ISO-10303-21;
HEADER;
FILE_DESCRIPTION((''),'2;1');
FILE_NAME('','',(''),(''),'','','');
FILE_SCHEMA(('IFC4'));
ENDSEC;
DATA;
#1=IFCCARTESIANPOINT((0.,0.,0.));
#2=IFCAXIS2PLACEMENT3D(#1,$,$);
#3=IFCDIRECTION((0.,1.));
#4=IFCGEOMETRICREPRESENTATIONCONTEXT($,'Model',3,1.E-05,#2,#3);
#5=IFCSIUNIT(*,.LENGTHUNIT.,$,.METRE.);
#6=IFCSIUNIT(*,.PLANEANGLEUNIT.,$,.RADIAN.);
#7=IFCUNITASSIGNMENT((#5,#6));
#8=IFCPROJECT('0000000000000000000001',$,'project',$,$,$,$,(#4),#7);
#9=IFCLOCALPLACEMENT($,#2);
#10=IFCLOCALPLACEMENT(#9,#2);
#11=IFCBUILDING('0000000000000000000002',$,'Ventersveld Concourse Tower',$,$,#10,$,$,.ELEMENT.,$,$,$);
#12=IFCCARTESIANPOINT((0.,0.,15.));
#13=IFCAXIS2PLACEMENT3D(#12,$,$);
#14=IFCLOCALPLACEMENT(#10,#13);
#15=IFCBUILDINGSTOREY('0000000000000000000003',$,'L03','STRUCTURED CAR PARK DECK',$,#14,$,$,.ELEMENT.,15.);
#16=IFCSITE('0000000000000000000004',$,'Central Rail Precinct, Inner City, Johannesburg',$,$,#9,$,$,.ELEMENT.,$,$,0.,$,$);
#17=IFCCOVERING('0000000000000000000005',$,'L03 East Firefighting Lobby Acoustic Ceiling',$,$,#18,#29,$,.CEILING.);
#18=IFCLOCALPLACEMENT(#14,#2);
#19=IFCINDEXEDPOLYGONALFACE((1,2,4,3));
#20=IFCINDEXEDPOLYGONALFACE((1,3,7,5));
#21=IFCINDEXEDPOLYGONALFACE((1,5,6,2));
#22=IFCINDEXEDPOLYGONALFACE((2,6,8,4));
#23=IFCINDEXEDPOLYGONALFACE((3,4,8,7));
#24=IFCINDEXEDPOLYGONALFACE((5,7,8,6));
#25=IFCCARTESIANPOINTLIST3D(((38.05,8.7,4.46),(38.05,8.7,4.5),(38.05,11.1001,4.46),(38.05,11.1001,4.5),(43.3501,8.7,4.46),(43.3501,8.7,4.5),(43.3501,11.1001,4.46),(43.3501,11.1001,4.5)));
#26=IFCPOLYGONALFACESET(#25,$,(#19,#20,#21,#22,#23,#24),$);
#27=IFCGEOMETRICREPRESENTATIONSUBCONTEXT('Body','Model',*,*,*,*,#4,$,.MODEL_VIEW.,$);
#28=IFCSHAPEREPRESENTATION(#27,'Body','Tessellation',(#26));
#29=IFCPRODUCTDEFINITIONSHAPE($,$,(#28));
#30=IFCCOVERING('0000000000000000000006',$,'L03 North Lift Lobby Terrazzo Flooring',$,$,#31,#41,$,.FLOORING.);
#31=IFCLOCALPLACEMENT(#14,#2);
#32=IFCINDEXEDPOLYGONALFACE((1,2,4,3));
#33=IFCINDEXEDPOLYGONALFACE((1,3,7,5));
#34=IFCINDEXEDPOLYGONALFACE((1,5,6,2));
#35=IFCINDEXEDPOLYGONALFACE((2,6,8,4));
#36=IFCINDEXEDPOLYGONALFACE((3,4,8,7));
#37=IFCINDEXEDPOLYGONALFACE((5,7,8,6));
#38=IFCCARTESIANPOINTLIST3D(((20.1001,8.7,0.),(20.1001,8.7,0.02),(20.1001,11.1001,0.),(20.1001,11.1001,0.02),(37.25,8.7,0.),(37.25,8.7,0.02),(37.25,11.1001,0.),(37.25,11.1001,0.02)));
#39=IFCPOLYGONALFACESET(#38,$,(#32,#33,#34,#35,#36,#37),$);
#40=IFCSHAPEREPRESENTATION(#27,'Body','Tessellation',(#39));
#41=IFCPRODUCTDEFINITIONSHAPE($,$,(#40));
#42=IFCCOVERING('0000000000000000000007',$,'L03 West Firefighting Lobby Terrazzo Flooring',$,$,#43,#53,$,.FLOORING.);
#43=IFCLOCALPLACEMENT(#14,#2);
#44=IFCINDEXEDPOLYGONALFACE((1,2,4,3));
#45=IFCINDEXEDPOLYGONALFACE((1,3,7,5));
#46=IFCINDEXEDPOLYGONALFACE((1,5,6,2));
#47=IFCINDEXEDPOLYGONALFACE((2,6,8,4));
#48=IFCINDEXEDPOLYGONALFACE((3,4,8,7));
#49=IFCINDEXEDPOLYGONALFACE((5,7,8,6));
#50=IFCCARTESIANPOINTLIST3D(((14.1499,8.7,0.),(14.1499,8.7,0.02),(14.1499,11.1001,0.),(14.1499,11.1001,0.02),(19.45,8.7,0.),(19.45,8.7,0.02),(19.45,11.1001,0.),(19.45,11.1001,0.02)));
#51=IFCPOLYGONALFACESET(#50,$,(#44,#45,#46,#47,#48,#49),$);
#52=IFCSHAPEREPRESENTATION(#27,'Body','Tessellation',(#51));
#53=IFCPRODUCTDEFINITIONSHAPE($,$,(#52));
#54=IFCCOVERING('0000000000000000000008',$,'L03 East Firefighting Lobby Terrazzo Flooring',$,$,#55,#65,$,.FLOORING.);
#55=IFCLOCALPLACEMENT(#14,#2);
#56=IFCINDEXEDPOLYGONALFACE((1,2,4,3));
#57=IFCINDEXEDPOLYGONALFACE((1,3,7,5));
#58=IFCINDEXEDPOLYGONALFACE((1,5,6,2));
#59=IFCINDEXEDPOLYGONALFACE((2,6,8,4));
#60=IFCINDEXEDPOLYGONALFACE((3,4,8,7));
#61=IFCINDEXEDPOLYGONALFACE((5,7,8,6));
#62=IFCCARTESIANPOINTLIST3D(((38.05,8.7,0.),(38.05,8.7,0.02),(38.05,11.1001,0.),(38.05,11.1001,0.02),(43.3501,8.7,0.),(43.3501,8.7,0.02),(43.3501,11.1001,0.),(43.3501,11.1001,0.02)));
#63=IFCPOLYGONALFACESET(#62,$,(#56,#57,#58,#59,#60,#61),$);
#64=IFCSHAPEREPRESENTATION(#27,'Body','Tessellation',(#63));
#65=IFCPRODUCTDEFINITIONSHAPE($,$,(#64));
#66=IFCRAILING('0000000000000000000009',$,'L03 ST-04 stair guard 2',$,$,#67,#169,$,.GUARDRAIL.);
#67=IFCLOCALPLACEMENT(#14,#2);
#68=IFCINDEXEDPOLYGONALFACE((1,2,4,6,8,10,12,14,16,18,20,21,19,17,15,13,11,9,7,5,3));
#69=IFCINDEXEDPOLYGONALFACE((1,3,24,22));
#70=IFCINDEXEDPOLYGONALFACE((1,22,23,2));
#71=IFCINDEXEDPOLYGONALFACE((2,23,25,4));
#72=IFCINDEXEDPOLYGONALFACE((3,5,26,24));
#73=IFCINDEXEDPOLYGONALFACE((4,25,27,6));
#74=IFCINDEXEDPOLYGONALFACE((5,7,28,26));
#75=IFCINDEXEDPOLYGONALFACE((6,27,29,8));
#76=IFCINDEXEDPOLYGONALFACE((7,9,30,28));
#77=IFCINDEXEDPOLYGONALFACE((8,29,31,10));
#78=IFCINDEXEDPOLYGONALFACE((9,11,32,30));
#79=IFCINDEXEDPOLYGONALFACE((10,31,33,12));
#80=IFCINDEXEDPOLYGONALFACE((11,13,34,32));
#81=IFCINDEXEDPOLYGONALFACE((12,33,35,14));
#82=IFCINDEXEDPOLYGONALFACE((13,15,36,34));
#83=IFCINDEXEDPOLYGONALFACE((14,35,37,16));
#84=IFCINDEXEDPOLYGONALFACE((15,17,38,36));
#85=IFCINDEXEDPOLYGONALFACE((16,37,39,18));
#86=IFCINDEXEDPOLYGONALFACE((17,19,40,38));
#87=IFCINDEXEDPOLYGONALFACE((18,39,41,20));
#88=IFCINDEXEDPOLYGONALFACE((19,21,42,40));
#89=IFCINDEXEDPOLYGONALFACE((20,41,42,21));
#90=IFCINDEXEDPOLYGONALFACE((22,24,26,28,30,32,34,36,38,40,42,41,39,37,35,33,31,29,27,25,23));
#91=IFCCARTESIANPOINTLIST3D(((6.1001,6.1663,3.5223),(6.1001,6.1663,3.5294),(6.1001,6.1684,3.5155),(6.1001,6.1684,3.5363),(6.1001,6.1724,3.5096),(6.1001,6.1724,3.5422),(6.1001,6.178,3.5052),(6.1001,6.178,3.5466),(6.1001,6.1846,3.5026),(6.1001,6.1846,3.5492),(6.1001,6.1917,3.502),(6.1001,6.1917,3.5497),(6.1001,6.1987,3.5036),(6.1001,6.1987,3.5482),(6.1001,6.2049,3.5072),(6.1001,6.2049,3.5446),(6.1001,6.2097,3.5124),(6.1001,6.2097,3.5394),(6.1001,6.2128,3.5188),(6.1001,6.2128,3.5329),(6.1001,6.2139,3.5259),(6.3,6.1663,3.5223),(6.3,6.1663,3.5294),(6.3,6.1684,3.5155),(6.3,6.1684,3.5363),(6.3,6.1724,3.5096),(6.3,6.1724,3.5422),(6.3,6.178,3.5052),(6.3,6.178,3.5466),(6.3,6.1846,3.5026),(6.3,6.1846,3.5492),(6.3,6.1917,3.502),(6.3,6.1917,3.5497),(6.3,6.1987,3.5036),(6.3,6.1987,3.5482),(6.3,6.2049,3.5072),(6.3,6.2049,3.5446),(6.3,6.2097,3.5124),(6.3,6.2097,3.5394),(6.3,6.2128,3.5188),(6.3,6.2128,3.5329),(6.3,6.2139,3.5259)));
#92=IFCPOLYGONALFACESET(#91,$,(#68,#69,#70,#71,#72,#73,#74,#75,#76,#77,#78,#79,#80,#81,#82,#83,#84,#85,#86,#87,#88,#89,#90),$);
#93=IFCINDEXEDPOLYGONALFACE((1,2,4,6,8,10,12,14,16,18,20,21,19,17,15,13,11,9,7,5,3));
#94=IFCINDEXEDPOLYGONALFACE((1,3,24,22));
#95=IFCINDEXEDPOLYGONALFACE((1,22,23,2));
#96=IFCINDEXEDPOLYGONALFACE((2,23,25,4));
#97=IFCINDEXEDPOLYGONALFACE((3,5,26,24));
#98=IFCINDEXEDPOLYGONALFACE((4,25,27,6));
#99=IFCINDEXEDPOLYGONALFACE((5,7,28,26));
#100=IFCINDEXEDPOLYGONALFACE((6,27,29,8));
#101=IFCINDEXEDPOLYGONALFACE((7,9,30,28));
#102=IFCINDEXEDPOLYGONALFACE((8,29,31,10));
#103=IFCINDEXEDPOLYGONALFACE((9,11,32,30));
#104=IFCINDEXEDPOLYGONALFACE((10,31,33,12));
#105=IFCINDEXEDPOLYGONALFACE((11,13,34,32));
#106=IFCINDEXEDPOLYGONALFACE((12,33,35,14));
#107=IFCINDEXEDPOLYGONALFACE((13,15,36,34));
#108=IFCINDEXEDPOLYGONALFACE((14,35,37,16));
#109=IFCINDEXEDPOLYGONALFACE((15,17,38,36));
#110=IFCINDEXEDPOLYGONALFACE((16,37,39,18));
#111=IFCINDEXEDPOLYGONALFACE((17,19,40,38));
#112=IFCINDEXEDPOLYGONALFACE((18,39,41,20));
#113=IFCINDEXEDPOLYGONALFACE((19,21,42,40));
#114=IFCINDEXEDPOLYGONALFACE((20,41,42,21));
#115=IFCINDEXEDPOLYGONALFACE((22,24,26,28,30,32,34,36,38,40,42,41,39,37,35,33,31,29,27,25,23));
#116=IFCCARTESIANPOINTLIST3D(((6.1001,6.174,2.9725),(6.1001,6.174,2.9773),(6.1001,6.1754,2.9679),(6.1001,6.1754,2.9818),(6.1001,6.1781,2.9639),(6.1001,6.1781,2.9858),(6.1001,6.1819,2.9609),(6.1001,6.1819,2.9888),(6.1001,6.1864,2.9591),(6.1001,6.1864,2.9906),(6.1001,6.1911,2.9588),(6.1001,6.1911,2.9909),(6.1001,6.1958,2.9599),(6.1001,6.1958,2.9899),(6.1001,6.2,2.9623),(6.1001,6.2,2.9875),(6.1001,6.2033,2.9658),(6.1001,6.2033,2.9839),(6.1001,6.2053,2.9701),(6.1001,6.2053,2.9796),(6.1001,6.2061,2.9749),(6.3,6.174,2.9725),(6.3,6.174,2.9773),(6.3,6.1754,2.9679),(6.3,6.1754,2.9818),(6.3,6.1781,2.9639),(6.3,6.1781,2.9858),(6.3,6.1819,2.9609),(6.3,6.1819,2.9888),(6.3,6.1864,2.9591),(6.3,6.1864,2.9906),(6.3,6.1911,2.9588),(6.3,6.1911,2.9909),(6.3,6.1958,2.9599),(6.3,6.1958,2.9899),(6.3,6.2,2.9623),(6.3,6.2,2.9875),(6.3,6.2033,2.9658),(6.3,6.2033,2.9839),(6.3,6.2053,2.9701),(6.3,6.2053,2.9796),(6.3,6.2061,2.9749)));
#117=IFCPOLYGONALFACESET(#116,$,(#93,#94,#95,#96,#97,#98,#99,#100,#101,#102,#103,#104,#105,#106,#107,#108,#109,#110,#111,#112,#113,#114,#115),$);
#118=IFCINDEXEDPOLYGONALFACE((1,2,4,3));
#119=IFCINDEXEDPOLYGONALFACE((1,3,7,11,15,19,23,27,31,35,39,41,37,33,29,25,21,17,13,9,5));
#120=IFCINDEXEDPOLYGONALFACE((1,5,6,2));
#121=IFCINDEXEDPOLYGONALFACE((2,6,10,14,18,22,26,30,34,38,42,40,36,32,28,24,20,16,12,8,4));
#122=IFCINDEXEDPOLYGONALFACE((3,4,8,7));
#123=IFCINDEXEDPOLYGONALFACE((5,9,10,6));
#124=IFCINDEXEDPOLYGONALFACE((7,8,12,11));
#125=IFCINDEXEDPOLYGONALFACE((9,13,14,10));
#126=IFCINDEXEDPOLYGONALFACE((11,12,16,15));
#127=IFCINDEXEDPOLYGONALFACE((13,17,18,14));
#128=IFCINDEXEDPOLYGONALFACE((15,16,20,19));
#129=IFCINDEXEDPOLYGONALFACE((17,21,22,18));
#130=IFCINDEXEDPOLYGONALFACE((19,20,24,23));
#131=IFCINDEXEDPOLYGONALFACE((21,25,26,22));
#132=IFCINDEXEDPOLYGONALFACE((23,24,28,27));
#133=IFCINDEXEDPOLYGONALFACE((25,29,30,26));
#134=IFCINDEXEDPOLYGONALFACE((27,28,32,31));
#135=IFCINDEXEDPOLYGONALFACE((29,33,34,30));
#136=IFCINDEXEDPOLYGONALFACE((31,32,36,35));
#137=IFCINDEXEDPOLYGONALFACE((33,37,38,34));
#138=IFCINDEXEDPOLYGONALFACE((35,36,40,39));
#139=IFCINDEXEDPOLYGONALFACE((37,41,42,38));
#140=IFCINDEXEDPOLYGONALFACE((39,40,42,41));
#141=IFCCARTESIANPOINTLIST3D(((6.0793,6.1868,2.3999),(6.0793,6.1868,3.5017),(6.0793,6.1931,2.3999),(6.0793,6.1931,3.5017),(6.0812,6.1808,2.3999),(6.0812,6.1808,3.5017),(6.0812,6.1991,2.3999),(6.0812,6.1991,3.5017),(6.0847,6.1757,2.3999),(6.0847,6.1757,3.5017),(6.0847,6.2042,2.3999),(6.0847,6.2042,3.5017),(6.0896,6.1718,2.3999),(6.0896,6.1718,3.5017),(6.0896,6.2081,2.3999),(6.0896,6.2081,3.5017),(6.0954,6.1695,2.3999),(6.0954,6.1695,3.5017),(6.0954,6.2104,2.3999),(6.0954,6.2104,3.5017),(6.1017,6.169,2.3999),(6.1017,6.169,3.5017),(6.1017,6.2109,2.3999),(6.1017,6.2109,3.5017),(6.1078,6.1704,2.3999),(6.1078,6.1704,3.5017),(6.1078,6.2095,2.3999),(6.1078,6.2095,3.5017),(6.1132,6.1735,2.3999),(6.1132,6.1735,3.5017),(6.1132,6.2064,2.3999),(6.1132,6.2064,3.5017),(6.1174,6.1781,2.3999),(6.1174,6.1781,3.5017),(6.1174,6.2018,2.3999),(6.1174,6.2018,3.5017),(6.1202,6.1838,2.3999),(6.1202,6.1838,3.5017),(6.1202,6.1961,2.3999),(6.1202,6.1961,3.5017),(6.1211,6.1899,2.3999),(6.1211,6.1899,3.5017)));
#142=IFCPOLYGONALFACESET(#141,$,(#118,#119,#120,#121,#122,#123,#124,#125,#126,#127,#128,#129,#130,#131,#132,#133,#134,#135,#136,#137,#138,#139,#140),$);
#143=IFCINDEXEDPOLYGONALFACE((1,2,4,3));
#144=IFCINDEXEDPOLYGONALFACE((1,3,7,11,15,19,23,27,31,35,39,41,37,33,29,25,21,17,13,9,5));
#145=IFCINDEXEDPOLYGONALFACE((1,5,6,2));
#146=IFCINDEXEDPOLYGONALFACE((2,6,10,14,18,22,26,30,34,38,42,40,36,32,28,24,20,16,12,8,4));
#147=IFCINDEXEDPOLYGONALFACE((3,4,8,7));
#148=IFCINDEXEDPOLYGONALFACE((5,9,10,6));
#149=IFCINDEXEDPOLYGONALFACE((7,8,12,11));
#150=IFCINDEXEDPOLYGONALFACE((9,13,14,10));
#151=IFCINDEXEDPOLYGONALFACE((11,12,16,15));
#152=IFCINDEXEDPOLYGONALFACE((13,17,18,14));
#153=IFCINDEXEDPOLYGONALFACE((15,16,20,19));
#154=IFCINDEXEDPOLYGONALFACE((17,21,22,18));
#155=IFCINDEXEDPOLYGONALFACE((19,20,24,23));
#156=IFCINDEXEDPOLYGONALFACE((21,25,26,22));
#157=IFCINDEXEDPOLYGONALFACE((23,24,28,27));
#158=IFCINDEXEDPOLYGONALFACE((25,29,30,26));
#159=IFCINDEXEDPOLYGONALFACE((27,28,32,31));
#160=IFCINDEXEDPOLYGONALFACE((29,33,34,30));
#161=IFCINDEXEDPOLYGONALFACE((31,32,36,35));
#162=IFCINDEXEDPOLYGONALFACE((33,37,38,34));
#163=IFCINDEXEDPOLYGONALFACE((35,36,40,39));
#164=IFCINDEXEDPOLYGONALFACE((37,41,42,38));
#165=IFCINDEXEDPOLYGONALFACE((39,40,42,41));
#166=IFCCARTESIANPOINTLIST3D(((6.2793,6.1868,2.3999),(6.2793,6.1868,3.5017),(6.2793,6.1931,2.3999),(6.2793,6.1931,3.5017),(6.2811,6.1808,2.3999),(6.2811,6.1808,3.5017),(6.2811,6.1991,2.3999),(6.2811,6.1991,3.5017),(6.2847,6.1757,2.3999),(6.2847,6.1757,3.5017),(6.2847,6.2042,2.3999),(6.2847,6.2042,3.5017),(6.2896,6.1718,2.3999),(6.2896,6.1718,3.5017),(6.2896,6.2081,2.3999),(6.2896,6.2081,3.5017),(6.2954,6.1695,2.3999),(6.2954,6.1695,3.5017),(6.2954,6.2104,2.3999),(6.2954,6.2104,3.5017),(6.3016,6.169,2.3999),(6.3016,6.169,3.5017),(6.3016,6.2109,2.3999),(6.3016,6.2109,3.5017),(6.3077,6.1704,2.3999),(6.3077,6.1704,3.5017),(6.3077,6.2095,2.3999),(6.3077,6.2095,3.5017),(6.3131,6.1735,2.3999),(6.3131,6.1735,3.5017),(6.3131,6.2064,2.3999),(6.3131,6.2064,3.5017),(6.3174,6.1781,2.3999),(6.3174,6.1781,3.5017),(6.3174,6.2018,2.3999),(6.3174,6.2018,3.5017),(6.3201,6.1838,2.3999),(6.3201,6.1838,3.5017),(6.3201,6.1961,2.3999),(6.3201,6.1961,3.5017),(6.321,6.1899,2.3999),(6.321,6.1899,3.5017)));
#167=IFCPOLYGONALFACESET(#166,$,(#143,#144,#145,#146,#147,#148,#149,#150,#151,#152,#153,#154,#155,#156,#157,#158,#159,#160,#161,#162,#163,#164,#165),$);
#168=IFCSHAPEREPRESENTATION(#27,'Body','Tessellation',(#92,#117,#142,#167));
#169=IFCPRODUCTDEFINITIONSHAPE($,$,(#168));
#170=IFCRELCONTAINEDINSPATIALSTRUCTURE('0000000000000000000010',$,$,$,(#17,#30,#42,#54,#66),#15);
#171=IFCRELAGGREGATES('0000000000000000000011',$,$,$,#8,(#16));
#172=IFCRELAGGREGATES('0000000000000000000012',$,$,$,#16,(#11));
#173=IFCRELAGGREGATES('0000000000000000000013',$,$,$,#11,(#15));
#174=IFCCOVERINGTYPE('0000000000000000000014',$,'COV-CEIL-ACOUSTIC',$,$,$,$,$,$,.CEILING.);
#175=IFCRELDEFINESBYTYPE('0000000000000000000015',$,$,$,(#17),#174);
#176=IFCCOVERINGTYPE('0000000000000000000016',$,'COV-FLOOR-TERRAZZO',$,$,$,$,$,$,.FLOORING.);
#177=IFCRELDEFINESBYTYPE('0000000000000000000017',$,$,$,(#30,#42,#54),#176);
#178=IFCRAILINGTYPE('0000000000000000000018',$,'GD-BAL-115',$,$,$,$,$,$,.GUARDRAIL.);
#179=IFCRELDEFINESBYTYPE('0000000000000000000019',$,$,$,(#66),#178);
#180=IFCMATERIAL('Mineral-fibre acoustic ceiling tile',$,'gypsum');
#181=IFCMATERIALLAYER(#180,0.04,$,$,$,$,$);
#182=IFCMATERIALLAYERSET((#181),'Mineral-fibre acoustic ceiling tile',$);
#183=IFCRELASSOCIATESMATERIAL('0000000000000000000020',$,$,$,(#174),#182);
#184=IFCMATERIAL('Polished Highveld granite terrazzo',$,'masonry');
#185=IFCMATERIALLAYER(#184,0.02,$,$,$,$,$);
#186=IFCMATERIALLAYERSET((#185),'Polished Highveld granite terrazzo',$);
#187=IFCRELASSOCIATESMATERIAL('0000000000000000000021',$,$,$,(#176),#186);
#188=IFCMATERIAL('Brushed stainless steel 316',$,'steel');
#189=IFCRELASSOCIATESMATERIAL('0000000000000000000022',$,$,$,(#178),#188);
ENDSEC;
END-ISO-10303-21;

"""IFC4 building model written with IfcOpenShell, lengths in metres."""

from ifc_helpers import new_model, si_unit, direction, frame, origin, origin_2d, place, context, subcontext, project, spatial, polyline, circle, outline, extrude, material, layer, layer_set, type_object, element, save


model = new_model("IFC4")

# Units and contexts
model_context = context("Model", 3, precision=1e-05, world=origin(), true_north=direction((0.0, 1.0)))
body_context = subcontext(model_context, "Body", "Model", "MODEL_VIEW")
ifc_project = project(units=[si_unit("LENGTHUNIT", "METRE"), si_unit("PLANEANGLEUNIT", "RADIAN")], contexts=[model_context])

# Site, building, storey
site_placement = place(None, origin())
site = spatial("IfcSite", under=ifc_project, at=site_placement, Name="Central Rail Precinct, Inner City, Johannesburg", CompositionType="ELEMENT", RefElevation=0.0)
building_placement = place(site_placement, origin())
building = spatial("IfcBuilding", under=site, at=building_placement, Name="Ventersveld Concourse Tower", CompositionType="ELEMENT")
storey_placement = place(building_placement, frame((0.0, 0.0, 15.0)))
storey = spatial("IfcBuildingStorey", under=building, at=storey_placement, Name="L03", Description="STRUCTURED CAR PARK DECK", CompositionType="ELEMENT", Elevation=15.0)

# Shared definitions
ifc_material_1 = material(Name="Brushed stainless steel 316", Category="steel")

# Coverings
ifc_material_2 = material(Name="Mineral-fibre acoustic ceiling tile", Category="gypsum")
ifc_layer_1 = layer(ifc_material_2, 0.04)
ifc_layer_set_1 = layer_set([ifc_layer_1], Name="Mineral-fibre acoustic ceiling tile")
covering_type_1 = type_object("IfcCoveringType", Name="COV-CEIL-ACOUSTIC", PredefinedType="CEILING", material=ifc_layer_set_1)
covering_1_placement = place(storey_placement, frame((0.0, 0.0, 4.46)))
element("IfcCovering", 1, at=covering_1_placement, inside=storey, type_object=covering_type_1, Name="L03 East Firefighting Lobby Acoustic Ceiling", PredefinedType="CEILING", context=body_context, shape_type="SweptSolid", body=[
    extrude(outline(polyline([(38.05, 8.7), (43.3501, 8.7), (43.3501, 11.1001), (38.05, 11.1001), (38.05, 8.7)])), origin(), (0.0, 0.0, 1.0), 0.04),
])
ifc_material_3 = material(Name="Polished Highveld granite terrazzo", Category="masonry")
ifc_layer_2 = layer(ifc_material_3, 0.02)
ifc_layer_set_2 = layer_set([ifc_layer_2], Name="Polished Highveld granite terrazzo")
covering_type_2 = type_object("IfcCoveringType", Name="COV-FLOOR-TERRAZZO", PredefinedType="FLOORING", material=ifc_layer_set_2)
covering_2_placement = place(storey_placement, origin())
element("IfcCovering", 2, at=covering_2_placement, inside=storey, type_object=covering_type_2, Name="L03 North Lift Lobby Terrazzo Flooring", PredefinedType="FLOORING", context=body_context, shape_type="SweptSolid", body=[
    extrude(outline(polyline([(20.1001, 8.7), (37.25, 8.7), (37.25, 11.1001), (20.1001, 11.1001), (20.1001, 8.7)])), origin(), (0.0, 0.0, 1.0), 0.02),
])
covering_3_placement = place(storey_placement, origin())
element("IfcCovering", 3, at=covering_3_placement, inside=storey, type_object=covering_type_2, Name="L03 West Firefighting Lobby Terrazzo Flooring", PredefinedType="FLOORING", context=body_context, shape_type="SweptSolid", body=[
    extrude(outline(polyline([(14.1499, 8.7), (19.45, 8.7), (19.45, 11.1001), (14.1499, 11.1001), (14.1499, 8.7)])), origin(), (0.0, 0.0, 1.0), 0.02),
])
covering_4_placement = place(storey_placement, origin())
element("IfcCovering", 4, at=covering_4_placement, inside=storey, type_object=covering_type_2, Name="L03 East Firefighting Lobby Terrazzo Flooring", PredefinedType="FLOORING", context=body_context, shape_type="SweptSolid", body=[
    extrude(outline(polyline([(38.05, 8.7), (43.3501, 8.7), (43.3501, 11.1001), (38.05, 11.1001), (38.05, 8.7)])), origin(), (0.0, 0.0, 1.0), 0.02),
])

# Railing
railing_type_1 = type_object("IfcRailingType", Name="GD-BAL-115", PredefinedType="GUARDRAIL", material=ifc_material_1)
railing_1_placement = place(storey_placement, frame((6.1001, 6.1899, 2.3999)))
element("IfcRailing", 5, at=railing_1_placement, inside=storey, type_object=railing_type_1, Name="L03 ST-04 stair guard 2", PredefinedType="GUARDRAIL", context=body_context, shape_type="SweptSolid", body=[
    extrude(circle(Radius=0.0239, at=origin_2d()), frame((0.0, 0.0, 1.126), z_axis=(1.0, 0.0, 0.0), x_axis=(0.0, 1.0, 0.0)), (0.0, 0.0, 1.0), 0.2),
    extrude(circle(Radius=0.0161, at=origin_2d()), frame((0.0, 0.0, 0.575), z_axis=(1.0, 0.0, 0.0), x_axis=(0.0, 1.0, 0.0)), (0.0, 0.0, 1.0), 0.2),
    extrude(circle(Radius=0.021, at=origin_2d()), origin(), (0.0, 0.0, 1.0), 1.1018),
    extrude(circle(Radius=0.021, at=origin_2d()), frame((0.2, 0.0, 0.0)), (0.0, 0.0, 1.0), 1.1018),
])

save(model, "model.ifc")
